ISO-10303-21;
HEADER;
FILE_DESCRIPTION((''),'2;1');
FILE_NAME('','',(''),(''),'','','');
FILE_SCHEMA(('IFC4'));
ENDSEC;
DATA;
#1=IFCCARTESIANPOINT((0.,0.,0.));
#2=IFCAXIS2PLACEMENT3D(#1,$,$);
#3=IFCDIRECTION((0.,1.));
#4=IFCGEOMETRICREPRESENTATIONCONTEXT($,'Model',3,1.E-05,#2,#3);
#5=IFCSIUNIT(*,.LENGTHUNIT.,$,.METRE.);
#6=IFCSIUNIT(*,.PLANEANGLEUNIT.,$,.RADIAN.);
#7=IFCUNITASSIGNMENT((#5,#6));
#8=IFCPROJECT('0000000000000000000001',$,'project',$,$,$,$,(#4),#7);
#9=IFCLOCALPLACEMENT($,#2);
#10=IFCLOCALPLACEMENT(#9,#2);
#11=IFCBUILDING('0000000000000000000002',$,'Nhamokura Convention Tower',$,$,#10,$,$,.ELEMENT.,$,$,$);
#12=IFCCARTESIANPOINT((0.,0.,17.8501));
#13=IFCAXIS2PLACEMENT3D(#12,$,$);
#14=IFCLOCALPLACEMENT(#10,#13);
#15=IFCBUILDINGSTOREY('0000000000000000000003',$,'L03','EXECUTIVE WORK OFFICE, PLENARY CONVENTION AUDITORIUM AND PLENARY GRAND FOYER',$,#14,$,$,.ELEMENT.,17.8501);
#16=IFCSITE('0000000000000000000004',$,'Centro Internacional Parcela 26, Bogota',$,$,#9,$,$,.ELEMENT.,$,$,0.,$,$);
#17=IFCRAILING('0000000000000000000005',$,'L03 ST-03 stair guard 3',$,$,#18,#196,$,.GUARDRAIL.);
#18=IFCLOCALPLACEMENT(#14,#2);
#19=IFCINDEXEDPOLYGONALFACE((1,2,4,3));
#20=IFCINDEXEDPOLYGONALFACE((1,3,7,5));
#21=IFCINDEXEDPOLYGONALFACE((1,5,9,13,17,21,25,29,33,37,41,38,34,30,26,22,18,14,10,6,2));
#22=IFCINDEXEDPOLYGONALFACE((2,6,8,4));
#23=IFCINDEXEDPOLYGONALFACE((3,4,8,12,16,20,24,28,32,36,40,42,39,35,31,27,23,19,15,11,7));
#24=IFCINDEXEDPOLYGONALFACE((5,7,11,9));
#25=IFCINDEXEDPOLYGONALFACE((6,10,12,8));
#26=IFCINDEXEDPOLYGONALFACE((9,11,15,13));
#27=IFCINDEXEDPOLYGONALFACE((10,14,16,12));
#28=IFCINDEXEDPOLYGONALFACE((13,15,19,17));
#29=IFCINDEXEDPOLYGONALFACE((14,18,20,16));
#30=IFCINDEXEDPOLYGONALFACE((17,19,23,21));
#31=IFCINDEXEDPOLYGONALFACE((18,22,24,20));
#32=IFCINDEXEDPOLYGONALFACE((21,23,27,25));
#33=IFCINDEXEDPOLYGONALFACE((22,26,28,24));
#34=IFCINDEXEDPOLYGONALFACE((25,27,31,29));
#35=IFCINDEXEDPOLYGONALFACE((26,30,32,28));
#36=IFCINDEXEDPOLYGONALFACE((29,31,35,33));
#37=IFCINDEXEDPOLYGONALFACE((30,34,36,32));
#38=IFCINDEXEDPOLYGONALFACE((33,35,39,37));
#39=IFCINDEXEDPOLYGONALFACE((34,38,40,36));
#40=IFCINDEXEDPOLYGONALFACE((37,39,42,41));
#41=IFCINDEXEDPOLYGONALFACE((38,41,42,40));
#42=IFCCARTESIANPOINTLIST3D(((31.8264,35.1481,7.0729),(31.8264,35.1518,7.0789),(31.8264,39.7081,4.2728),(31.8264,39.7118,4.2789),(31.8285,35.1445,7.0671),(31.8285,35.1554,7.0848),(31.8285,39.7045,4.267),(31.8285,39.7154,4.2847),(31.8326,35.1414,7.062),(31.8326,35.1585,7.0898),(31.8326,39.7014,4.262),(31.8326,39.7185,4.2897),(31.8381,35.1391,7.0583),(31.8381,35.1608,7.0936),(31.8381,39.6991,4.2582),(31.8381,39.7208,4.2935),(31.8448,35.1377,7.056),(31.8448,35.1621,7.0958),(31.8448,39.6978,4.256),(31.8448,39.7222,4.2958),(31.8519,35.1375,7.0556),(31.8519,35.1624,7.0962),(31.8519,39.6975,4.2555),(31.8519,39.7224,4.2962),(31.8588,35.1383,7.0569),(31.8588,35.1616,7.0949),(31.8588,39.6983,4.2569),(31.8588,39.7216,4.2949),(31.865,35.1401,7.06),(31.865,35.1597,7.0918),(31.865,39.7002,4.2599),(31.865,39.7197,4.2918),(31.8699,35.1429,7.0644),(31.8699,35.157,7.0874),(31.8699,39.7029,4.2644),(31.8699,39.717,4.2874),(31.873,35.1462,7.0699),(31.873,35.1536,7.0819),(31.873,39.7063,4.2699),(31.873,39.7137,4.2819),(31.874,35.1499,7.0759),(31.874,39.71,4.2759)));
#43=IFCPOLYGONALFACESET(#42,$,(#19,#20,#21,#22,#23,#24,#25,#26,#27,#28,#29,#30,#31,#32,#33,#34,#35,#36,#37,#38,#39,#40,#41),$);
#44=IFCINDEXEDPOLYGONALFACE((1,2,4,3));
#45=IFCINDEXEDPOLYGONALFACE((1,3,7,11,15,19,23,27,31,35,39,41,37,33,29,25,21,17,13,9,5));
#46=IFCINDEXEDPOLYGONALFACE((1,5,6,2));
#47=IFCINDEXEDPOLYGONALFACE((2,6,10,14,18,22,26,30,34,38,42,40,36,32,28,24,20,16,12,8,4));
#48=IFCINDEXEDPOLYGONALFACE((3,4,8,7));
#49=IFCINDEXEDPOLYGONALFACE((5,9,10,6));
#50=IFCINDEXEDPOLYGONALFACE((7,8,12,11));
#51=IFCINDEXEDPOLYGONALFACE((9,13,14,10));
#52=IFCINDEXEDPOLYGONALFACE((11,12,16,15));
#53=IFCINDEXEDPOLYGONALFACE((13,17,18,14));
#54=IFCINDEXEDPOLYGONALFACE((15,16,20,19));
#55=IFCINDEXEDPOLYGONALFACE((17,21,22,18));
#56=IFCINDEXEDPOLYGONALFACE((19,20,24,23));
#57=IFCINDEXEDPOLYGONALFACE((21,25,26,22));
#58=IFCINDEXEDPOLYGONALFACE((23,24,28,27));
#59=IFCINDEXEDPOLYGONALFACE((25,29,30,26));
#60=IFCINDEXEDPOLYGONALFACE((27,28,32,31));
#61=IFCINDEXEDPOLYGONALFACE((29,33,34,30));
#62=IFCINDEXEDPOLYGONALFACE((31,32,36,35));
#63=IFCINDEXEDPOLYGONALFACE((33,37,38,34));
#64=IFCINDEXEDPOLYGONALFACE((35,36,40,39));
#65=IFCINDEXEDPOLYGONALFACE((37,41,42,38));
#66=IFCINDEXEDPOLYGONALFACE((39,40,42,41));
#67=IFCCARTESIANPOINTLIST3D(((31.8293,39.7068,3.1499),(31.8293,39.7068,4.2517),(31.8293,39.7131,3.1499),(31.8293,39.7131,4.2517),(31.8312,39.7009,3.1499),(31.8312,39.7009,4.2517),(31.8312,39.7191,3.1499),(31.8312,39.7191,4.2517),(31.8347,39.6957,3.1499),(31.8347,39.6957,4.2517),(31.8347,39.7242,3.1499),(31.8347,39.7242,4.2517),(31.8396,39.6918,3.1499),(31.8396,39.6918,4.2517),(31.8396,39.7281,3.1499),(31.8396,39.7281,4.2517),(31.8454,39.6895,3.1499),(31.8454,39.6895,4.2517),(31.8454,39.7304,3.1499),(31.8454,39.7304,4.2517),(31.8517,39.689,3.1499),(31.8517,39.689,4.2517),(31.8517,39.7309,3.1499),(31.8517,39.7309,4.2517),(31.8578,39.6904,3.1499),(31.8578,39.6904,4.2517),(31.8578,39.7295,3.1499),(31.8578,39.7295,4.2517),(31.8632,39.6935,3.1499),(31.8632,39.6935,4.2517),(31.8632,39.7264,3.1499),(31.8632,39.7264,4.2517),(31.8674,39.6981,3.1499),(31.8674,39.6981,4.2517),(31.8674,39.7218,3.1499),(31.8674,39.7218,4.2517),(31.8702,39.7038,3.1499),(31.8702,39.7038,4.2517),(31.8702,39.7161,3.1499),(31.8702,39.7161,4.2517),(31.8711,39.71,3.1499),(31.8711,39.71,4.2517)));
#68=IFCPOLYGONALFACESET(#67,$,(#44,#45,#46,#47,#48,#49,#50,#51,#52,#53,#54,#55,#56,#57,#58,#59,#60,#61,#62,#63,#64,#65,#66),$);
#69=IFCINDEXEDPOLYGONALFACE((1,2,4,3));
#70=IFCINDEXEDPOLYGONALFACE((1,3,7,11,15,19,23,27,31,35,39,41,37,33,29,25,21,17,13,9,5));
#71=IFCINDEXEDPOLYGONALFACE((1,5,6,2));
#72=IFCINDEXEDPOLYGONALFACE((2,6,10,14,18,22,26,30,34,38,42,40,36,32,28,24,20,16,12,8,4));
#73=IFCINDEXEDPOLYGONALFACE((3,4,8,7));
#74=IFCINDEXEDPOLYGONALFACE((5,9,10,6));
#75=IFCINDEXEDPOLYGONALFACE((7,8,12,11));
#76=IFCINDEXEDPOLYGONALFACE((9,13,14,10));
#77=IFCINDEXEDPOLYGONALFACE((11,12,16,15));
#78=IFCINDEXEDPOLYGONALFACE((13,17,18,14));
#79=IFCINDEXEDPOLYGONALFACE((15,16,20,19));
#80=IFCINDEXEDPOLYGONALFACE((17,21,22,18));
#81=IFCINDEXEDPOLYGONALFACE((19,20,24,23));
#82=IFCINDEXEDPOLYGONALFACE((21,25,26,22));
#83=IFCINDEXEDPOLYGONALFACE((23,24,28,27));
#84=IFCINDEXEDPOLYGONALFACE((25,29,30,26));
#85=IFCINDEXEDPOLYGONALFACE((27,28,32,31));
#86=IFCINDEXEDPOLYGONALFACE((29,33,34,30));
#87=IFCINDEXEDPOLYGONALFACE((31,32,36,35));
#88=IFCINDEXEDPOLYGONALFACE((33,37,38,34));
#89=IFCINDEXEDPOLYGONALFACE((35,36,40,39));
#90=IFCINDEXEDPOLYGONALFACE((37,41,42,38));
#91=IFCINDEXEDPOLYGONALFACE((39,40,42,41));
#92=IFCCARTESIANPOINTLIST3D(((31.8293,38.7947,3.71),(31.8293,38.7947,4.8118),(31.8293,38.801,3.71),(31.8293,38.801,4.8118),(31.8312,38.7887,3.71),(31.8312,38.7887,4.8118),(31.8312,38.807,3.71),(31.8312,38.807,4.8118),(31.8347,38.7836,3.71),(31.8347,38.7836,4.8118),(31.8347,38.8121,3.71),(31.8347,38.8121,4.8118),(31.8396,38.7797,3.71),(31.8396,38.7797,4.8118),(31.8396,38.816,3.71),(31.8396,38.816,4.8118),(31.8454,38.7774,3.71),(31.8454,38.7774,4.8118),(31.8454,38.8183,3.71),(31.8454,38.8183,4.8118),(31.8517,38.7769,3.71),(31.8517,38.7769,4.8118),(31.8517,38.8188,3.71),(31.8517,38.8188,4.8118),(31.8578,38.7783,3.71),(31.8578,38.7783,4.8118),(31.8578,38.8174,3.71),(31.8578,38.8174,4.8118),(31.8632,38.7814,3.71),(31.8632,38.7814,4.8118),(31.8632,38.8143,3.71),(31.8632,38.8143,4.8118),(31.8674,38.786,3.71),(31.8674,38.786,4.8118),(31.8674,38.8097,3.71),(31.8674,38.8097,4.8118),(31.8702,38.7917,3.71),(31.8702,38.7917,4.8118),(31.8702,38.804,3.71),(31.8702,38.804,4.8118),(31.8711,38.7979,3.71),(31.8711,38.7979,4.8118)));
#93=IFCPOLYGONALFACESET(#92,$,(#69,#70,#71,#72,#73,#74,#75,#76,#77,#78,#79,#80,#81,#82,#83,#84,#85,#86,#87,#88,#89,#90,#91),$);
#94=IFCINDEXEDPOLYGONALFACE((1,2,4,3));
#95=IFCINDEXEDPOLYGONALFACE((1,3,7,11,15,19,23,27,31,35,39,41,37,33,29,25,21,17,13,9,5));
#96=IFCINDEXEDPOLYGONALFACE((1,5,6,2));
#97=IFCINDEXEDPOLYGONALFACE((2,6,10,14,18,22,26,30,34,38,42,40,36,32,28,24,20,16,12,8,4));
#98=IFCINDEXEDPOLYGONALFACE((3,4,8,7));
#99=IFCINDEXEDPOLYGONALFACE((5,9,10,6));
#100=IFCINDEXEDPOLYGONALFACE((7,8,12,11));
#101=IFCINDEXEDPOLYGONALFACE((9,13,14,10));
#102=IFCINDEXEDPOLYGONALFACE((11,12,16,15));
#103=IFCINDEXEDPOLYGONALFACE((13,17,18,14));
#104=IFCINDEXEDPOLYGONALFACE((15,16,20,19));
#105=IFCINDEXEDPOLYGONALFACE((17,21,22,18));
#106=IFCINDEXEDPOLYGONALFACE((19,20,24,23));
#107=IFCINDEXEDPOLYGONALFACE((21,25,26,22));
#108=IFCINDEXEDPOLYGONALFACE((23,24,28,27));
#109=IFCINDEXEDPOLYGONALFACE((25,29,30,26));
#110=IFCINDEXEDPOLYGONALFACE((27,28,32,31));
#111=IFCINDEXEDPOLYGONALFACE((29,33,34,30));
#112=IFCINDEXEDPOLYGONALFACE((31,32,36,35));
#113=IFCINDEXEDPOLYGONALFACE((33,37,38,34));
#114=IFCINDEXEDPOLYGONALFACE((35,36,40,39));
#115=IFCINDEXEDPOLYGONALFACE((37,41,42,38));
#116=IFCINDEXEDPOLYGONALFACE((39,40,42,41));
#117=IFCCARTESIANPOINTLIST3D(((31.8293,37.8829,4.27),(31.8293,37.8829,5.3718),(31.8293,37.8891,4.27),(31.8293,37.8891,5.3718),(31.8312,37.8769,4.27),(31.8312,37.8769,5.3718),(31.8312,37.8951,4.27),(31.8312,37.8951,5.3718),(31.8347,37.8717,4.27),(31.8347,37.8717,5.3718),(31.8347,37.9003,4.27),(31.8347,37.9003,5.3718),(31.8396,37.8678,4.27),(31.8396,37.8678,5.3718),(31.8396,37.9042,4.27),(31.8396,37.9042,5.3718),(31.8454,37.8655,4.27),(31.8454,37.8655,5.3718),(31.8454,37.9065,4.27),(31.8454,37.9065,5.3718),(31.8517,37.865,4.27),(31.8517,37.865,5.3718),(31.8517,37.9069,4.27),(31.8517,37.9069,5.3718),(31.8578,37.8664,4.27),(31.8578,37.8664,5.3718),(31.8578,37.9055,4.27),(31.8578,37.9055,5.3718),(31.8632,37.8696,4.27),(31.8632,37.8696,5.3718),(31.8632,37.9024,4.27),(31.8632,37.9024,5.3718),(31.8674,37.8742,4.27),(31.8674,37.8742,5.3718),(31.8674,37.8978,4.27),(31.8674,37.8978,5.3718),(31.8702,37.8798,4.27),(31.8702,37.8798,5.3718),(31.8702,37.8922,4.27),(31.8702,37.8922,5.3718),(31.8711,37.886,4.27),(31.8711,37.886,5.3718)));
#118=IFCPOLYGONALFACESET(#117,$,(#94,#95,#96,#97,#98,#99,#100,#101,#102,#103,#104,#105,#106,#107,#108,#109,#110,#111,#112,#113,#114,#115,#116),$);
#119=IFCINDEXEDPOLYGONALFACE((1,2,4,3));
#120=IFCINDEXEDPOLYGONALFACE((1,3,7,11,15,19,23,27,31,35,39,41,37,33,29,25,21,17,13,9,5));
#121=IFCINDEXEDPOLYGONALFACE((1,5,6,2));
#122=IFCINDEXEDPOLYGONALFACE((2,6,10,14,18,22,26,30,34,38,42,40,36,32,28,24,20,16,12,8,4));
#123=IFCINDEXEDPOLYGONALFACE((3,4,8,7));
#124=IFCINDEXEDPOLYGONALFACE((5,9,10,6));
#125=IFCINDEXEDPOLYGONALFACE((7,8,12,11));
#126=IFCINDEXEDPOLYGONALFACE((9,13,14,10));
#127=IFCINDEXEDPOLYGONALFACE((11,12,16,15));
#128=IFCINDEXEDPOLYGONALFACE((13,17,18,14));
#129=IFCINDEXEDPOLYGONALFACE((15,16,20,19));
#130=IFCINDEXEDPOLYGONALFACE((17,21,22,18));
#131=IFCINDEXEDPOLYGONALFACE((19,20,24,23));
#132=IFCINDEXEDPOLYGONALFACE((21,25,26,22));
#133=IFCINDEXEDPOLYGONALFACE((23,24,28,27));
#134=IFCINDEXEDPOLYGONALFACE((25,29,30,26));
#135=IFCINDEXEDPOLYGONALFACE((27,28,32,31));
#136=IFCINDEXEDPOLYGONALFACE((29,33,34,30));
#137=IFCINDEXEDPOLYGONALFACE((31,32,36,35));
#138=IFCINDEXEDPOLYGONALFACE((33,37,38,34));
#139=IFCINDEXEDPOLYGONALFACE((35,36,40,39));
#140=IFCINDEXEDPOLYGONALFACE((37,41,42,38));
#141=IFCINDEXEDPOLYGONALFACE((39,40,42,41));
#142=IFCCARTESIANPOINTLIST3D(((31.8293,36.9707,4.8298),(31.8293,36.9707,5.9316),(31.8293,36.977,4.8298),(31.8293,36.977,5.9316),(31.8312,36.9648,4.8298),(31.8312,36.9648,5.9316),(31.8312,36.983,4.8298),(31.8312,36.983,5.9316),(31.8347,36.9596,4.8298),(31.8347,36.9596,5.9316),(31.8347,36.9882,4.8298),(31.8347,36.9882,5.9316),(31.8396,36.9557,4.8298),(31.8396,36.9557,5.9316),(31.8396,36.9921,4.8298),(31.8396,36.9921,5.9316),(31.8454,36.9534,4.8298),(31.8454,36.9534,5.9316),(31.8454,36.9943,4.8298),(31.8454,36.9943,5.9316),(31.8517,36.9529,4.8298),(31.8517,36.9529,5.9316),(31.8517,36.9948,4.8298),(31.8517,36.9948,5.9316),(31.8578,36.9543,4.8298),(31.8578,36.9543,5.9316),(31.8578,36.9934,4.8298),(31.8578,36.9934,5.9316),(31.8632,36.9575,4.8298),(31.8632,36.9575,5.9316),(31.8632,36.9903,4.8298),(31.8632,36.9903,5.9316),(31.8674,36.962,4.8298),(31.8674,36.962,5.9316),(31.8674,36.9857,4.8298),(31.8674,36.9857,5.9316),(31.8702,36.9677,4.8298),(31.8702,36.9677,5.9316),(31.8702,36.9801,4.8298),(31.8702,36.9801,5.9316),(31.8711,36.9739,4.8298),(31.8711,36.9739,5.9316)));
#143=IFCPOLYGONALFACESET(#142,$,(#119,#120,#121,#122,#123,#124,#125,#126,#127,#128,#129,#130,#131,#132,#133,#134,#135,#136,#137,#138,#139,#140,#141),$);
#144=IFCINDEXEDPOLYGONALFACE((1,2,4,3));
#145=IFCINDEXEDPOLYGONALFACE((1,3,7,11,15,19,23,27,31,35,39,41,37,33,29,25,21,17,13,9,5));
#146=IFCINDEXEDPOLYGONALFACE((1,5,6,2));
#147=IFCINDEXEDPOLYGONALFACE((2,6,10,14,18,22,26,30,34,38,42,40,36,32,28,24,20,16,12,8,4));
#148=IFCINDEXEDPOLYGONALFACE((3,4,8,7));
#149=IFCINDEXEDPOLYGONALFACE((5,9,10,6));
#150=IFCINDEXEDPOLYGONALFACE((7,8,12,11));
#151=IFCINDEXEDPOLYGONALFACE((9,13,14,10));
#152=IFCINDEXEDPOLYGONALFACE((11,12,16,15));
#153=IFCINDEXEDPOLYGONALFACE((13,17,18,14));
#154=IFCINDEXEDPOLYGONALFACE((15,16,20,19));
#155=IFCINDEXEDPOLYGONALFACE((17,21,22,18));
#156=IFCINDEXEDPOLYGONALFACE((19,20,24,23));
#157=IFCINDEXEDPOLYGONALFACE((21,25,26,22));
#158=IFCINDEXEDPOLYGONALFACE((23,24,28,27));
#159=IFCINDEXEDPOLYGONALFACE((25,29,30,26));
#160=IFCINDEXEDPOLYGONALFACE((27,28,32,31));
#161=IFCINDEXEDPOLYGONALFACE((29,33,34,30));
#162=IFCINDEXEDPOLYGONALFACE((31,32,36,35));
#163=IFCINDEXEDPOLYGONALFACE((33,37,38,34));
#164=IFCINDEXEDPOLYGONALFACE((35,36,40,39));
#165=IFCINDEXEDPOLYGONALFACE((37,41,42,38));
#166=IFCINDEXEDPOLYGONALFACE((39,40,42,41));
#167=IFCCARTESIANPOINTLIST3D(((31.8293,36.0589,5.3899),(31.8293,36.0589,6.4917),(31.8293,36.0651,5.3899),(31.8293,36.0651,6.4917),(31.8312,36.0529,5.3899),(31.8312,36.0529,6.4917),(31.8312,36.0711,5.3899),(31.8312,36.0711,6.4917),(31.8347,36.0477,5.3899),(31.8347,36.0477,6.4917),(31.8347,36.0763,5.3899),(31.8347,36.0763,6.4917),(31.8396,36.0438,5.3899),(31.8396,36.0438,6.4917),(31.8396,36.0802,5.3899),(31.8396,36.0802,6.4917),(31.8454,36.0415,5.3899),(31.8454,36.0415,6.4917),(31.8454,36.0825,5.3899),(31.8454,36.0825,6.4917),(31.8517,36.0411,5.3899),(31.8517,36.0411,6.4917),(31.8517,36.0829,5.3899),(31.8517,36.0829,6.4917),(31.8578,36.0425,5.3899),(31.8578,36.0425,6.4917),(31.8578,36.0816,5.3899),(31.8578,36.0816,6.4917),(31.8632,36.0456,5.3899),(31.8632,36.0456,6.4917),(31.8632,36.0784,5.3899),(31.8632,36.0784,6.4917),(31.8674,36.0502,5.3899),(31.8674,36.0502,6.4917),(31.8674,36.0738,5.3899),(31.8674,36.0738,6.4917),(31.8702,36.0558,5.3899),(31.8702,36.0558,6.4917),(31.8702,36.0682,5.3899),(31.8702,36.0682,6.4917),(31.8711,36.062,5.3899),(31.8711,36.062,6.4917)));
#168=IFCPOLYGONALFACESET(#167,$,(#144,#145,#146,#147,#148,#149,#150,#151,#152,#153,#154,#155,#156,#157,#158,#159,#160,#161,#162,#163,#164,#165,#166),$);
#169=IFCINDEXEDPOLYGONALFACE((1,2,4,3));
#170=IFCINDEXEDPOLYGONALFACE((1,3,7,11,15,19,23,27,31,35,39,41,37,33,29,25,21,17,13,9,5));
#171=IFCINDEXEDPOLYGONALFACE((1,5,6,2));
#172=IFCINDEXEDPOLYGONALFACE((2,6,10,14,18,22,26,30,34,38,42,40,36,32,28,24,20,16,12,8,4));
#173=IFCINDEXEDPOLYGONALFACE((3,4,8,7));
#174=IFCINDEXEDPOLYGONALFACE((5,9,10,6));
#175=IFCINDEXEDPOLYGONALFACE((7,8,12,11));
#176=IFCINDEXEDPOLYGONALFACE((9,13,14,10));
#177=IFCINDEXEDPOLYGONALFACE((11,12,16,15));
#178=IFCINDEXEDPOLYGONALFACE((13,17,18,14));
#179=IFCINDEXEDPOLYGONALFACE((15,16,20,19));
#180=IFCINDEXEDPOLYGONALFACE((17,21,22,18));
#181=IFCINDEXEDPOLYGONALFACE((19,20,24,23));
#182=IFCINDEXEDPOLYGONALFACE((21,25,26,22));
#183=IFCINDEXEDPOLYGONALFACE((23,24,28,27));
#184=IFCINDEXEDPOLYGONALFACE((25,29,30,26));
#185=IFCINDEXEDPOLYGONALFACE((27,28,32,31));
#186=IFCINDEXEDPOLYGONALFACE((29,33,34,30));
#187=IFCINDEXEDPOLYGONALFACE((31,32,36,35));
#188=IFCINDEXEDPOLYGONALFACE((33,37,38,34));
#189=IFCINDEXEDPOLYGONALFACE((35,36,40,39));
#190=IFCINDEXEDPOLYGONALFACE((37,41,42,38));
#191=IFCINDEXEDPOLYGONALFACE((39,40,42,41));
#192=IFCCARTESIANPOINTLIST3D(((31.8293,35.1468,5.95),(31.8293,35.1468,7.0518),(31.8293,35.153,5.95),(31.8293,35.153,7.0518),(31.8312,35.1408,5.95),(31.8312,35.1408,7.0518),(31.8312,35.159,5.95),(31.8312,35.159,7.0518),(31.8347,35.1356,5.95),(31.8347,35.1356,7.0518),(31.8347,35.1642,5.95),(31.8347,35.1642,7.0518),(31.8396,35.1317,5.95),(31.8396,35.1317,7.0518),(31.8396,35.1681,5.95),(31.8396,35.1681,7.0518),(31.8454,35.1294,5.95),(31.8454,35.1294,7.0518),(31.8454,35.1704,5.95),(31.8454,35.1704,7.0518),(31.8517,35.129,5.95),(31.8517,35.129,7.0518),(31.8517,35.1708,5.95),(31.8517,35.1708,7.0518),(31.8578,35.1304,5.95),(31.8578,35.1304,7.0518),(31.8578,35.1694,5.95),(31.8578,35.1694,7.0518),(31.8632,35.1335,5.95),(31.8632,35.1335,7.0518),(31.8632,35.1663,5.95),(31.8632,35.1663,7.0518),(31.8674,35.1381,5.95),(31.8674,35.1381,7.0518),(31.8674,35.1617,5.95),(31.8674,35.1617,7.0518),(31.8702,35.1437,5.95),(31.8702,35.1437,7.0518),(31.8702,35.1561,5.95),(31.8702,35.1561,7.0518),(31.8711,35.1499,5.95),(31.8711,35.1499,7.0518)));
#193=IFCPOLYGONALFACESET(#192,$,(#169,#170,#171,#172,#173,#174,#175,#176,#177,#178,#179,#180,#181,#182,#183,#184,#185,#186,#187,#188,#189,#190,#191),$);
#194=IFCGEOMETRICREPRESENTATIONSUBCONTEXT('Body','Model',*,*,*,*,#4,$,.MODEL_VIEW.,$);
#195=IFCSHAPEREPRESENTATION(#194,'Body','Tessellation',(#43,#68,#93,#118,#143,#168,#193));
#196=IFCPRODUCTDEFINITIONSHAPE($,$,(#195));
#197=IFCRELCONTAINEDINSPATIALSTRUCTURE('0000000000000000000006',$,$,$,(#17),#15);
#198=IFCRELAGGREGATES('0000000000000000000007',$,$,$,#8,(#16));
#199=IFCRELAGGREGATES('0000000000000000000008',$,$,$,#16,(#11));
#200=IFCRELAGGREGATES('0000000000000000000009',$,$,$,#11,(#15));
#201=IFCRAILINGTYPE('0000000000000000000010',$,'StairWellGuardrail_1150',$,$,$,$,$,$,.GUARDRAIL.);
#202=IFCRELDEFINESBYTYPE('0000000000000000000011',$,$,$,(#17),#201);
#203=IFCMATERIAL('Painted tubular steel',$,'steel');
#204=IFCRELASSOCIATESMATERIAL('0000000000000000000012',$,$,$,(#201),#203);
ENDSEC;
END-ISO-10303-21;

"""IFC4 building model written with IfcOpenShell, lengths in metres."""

from ifc_helpers import new_model, si_unit, direction, frame, origin, origin_2d, place, context, subcontext, project, spatial, circle, extrude, material, type_object, element, save


model = new_model("IFC4")

# Units and contexts
model_context = context("Model", 3, precision=1e-05, world=origin(), true_north=direction((0.0, 1.0)))
body_context = subcontext(model_context, "Body", "Model", "MODEL_VIEW")
ifc_project = project(units=[si_unit("LENGTHUNIT", "METRE"), si_unit("PLANEANGLEUNIT", "RADIAN")], contexts=[model_context])

# Site, building, storey
site_placement = place(None, origin())
site = spatial("IfcSite", under=ifc_project, at=site_placement, Name="Centro Internacional Parcela 26, Bogota", CompositionType="ELEMENT", RefElevation=0.0)
building_placement = place(site_placement, origin())
building = spatial("IfcBuilding", under=site, at=building_placement, Name="Nhamokura Convention Tower", CompositionType="ELEMENT")
storey_placement = place(building_placement, frame((0.0, 0.0, 17.8501)))
storey = spatial("IfcBuildingStorey", under=building, at=storey_placement, Name="L03", Description="EXECUTIVE WORK OFFICE, PLENARY CONVENTION AUDITORIUM AND PLENARY GRAND FOYER", CompositionType="ELEMENT", Elevation=17.8501)

# Railing
ifc_material_1 = material(Name="Painted tubular steel", Category="steel")
railing_type_1 = type_object("IfcRailingType", Name="StairWellGuardrail_1150", PredefinedType="GUARDRAIL", material=ifc_material_1)
railing_1_placement = place(storey_placement, frame((31.8501, 39.71, 3.1499)))
element("IfcRailing", 1, at=railing_1_placement, inside=storey, type_object=railing_type_1, Name="L03 ST-03 stair guard 3", PredefinedType="GUARDRAIL", context=body_context, shape_type="SweptSolid", body=[
    extrude(circle(Radius=0.0239, at=origin_2d()), frame((0.0, 0.0, 1.126), z_axis=(0.0, -0.85217, 0.523265), x_axis=(1.0, 0.0, 0.0)), (0.0, 0.0, 1.0), 5.3511),
    extrude(circle(Radius=0.021, at=origin_2d()), origin(), (0.0, 0.0, 1.0), 1.1018),
    extrude(circle(Radius=0.021, at=origin_2d()), frame((0.0, -0.9121, 0.5601)), (0.0, 0.0, 1.0), 1.1018),
    extrude(circle(Radius=0.021, at=origin_2d()), frame((0.0, -1.824, 1.1201)), (0.0, 0.0, 1.0), 1.1018),
    extrude(circle(Radius=0.021, at=origin_2d()), frame((0.0, -2.7361, 1.6799)), (0.0, 0.0, 1.0), 1.1018),
    extrude(circle(Radius=0.021, at=origin_2d()), frame((0.0, -3.6479, 2.24)), (0.0, 0.0, 1.0), 1.1018),
    extrude(circle(Radius=0.021, at=origin_2d()), frame((0.0, -4.5601, 2.8)), (0.0, 0.0, 1.0), 1.1018),
])

save(model, "model.ifc")
